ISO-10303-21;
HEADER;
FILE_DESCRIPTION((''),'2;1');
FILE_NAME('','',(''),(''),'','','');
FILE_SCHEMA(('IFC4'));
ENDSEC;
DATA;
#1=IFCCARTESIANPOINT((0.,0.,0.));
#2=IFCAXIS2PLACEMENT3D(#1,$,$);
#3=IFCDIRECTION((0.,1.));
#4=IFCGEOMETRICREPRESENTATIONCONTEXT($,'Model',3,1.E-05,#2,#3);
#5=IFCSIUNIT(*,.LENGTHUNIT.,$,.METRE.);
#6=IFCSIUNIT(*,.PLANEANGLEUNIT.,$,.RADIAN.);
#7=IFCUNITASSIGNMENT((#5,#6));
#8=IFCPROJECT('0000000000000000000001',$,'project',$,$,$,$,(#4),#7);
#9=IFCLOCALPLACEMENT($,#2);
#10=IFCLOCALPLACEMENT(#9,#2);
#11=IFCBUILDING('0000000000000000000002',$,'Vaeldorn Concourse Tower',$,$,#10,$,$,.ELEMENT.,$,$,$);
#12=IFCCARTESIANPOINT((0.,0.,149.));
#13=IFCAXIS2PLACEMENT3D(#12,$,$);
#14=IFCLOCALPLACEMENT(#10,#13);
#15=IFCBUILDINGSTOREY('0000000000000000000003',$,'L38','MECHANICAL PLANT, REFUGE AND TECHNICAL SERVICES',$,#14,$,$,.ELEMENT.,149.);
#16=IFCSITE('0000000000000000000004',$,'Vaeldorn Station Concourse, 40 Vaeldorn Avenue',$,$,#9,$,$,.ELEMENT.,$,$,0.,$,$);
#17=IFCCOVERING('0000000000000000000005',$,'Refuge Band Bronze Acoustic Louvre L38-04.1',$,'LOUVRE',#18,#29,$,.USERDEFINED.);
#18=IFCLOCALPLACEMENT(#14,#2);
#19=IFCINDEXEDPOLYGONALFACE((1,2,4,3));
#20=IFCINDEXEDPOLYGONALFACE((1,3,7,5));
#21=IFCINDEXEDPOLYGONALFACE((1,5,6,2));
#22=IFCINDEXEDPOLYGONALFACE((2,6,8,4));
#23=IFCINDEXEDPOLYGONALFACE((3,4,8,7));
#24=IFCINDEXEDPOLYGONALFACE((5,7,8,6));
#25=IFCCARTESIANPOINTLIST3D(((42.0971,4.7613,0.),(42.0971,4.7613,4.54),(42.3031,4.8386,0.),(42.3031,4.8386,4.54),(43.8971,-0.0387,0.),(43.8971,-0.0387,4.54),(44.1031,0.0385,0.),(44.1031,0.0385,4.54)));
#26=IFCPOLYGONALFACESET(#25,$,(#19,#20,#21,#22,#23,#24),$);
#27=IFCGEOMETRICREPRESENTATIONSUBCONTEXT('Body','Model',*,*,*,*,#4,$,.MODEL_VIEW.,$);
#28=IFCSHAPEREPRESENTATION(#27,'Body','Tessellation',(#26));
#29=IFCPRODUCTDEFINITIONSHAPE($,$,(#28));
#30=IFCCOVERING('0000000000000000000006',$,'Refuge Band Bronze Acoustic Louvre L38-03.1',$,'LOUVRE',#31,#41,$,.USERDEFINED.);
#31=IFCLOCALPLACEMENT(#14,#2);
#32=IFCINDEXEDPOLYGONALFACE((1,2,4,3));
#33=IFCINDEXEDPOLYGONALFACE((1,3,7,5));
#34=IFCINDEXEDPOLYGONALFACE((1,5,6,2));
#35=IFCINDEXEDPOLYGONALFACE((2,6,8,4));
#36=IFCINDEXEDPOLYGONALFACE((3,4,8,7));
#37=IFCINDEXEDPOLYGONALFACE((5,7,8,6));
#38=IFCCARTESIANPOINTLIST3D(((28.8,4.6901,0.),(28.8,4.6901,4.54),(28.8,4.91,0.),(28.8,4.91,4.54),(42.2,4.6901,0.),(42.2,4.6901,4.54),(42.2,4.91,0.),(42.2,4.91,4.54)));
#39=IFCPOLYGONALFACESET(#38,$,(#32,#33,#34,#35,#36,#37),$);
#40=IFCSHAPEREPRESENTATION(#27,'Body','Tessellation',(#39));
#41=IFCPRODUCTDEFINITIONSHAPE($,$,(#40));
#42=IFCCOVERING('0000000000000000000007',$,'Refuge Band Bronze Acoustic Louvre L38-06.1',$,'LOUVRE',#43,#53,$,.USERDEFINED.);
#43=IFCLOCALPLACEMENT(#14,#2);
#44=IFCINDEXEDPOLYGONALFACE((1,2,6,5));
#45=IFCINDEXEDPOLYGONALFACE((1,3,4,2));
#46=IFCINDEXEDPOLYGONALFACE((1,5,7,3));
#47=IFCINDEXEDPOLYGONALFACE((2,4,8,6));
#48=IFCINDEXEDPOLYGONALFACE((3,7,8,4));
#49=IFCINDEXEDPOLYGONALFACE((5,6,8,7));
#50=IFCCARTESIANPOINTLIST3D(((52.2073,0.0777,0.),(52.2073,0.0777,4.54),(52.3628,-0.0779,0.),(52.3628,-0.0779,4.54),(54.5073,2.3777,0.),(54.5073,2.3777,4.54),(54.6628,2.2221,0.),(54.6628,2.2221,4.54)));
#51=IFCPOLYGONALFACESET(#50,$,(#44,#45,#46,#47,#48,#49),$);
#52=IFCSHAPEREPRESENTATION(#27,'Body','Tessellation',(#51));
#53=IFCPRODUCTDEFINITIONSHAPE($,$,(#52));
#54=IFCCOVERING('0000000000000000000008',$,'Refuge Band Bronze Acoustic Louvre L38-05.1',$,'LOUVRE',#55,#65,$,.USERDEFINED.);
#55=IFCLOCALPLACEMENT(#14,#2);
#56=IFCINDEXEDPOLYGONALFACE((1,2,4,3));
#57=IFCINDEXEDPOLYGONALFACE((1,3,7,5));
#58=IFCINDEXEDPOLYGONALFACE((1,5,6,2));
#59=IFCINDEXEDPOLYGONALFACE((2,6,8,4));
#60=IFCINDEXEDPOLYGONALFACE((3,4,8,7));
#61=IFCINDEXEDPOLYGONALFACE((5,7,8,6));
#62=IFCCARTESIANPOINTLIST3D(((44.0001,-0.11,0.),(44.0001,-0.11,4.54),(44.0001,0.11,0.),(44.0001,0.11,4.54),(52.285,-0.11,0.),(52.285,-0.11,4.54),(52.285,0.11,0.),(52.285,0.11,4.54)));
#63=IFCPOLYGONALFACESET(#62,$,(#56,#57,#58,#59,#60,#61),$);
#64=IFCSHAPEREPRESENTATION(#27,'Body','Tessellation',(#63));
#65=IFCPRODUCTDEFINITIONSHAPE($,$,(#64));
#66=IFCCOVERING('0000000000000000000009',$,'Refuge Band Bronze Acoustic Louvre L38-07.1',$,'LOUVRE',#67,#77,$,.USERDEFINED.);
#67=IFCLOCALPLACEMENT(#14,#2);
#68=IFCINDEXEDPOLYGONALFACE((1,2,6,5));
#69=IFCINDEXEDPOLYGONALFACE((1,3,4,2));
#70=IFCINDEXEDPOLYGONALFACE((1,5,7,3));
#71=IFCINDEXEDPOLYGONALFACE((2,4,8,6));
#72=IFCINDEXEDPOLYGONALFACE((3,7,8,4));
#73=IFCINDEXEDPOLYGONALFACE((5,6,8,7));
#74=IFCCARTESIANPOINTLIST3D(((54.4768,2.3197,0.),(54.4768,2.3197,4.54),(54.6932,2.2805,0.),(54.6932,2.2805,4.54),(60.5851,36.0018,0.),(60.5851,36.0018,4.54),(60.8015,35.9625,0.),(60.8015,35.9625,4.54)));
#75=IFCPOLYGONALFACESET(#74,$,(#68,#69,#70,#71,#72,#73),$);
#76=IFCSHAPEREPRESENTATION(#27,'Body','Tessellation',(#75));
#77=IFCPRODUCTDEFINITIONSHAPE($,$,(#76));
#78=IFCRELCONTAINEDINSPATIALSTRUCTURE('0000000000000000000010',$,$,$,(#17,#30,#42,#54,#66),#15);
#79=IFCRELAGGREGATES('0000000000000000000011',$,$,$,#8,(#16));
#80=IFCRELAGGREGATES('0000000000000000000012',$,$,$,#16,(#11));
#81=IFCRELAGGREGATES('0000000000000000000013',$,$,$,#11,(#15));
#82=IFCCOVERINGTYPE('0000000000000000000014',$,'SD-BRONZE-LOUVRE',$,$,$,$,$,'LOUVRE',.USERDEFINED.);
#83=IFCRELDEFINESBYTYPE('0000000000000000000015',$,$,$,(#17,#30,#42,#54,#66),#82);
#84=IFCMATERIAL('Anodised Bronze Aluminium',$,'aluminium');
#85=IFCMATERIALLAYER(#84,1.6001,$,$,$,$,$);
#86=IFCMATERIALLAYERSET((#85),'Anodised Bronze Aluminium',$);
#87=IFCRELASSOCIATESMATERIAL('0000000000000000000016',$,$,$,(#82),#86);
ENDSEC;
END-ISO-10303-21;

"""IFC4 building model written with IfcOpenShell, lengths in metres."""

from ifc_helpers import new_model, si_unit, direction, frame, origin, origin_2d, place, context, subcontext, project, spatial, rectangle, extrude, source, transform, mapped, material, layer, layer_set, type_object, element, save


model = new_model("IFC4")

# Units and contexts
model_context = context("Model", 3, precision=1e-05, world=origin(), true_north=direction((0.0, 1.0)))
body_context = subcontext(model_context, "Body", "Model", "MODEL_VIEW")
ifc_project = project(units=[si_unit("LENGTHUNIT", "METRE"), si_unit("PLANEANGLEUNIT", "RADIAN")], contexts=[model_context])

# Site, building, storey
site_placement = place(None, origin())
site = spatial("IfcSite", under=ifc_project, at=site_placement, Name="Vaeldorn Station Concourse, 40 Vaeldorn Avenue", CompositionType="ELEMENT", RefElevation=0.0)
building_placement = place(site_placement, origin())
building = spatial("IfcBuilding", under=site, at=building_placement, Name="Vaeldorn Concourse Tower", CompositionType="ELEMENT")
storey_placement = place(building_placement, frame((0.0, 0.0, 149.0)))
storey = spatial("IfcBuildingStorey", under=building, at=storey_placement, Name="L38", Description="MECHANICAL PLANT, REFUGE AND TECHNICAL SERVICES", CompositionType="ELEMENT", Elevation=149.0)

# Shared definitions
ifc_material_1 = material(Name="Anodised Bronze Aluminium", Category="aluminium")

# Coverings
ifc_layer_1 = layer(ifc_material_1, 1.6001)
ifc_layer_set_1 = layer_set([ifc_layer_1], Name="Anodised Bronze Aluminium")
covering_type = type_object("IfcCoveringType", Name="SD-BRONZE-LOUVRE", ElementType="LOUVRE", PredefinedType="USERDEFINED", material=ifc_layer_set_1)
shared_shape_1 = source(origin(), body_context, "Body", "SweptSolid", [
    extrude(rectangle(XDim=5.1265, YDim=0.22, at=origin_2d()), origin(), (0.0, 0.0, 1.0), 4.54),
])
covering_1_placement = place(storey_placement, frame((43.1001, 2.3999, 0.0), z_axis=(0.0, 0.0, 1.0), x_axis=(0.351123, -0.936329, 0.0)))
element("IfcCovering", 1, at=covering_1_placement, inside=storey, type_object=covering_type, Name="Refuge Band Bronze Acoustic Louvre L38-04.1", ObjectType="LOUVRE", PredefinedType="USERDEFINED", context=body_context, shape_type="MappedRepresentation", body=[
    mapped(shared_shape_1, transform((0.0, 0.0, 0.0), scale=1.0)),
])
shared_shape_2 = source(origin(), body_context, "Body", "SweptSolid", [
    extrude(rectangle(XDim=13.3999, YDim=0.22, at=origin_2d()), origin(), (0.0, 0.0, 1.0), 4.54),
])
covering_2_placement = place(storey_placement, frame((35.5, 4.8, 0.0), z_axis=(0.0, 0.0, 1.0), x_axis=(1.0, 0.0, 0.0)))
element("IfcCovering", 2, at=covering_2_placement, inside=storey, type_object=covering_type, Name="Refuge Band Bronze Acoustic Louvre L38-03.1", ObjectType="LOUVRE", PredefinedType="USERDEFINED", context=body_context, shape_type="MappedRepresentation", body=[
    mapped(shared_shape_2, transform((0.0, 0.0, 0.0), scale=1.0)),
])
shared_shape_3 = source(origin(), body_context, "Body", "SweptSolid", [
    extrude(rectangle(XDim=3.2527, YDim=0.22, at=origin_2d()), origin(), (0.0, 0.0, 1.0), 4.54),
])
covering_3_placement = place(storey_placement, frame((53.4351, 1.1499, 0.0), z_axis=(0.0, 0.0, 1.0), x_axis=(0.707107, 0.707107, 0.0)))
element("IfcCovering", 3, at=covering_3_placement, inside=storey, type_object=covering_type, Name="Refuge Band Bronze Acoustic Louvre L38-06.1", ObjectType="LOUVRE", PredefinedType="USERDEFINED", context=body_context, shape_type="MappedRepresentation", body=[
    mapped(shared_shape_3, transform((0.0, 0.0, 0.0), scale=1.0)),
])
shared_shape_4 = source(origin(), body_context, "Body", "SweptSolid", [
    extrude(rectangle(XDim=8.2849, YDim=0.22, at=origin_2d()), origin(), (0.0, 0.0, 1.0), 4.54),
])
covering_4_placement = place(storey_placement, frame((48.1426, 0.0, 0.0), z_axis=(0.0, 0.0, 1.0), x_axis=(1.0, 0.0, 0.0)))
element("IfcCovering", 4, at=covering_4_placement, inside=storey, type_object=covering_type, Name="Refuge Band Bronze Acoustic Louvre L38-05.1", ObjectType="LOUVRE", PredefinedType="USERDEFINED", context=body_context, shape_type="MappedRepresentation", body=[
    mapped(shared_shape_4, transform((0.0, 0.0, 0.0), scale=1.0)),
])
shared_shape_5 = source(origin(), body_context, "Body", "SweptSolid", [
    extrude(rectangle(XDim=34.2314, YDim=0.22, at=origin_2d()), origin(), (0.0, 0.0, 1.0), 4.54),
])
covering_5_placement = place(storey_placement, frame((57.6392, 19.1411, 0.0), z_axis=(0.0, 0.0, 1.0), x_axis=(0.178442, 0.983951, 0.0)))
element("IfcCovering", 5, at=covering_5_placement, inside=storey, type_object=covering_type, Name="Refuge Band Bronze Acoustic Louvre L38-07.1", ObjectType="LOUVRE", PredefinedType="USERDEFINED", context=body_context, shape_type="MappedRepresentation", body=[
    mapped(shared_shape_5, transform((0.0, 0.0, 0.0), scale=1.0)),
])

save(model, "model.ifc")
